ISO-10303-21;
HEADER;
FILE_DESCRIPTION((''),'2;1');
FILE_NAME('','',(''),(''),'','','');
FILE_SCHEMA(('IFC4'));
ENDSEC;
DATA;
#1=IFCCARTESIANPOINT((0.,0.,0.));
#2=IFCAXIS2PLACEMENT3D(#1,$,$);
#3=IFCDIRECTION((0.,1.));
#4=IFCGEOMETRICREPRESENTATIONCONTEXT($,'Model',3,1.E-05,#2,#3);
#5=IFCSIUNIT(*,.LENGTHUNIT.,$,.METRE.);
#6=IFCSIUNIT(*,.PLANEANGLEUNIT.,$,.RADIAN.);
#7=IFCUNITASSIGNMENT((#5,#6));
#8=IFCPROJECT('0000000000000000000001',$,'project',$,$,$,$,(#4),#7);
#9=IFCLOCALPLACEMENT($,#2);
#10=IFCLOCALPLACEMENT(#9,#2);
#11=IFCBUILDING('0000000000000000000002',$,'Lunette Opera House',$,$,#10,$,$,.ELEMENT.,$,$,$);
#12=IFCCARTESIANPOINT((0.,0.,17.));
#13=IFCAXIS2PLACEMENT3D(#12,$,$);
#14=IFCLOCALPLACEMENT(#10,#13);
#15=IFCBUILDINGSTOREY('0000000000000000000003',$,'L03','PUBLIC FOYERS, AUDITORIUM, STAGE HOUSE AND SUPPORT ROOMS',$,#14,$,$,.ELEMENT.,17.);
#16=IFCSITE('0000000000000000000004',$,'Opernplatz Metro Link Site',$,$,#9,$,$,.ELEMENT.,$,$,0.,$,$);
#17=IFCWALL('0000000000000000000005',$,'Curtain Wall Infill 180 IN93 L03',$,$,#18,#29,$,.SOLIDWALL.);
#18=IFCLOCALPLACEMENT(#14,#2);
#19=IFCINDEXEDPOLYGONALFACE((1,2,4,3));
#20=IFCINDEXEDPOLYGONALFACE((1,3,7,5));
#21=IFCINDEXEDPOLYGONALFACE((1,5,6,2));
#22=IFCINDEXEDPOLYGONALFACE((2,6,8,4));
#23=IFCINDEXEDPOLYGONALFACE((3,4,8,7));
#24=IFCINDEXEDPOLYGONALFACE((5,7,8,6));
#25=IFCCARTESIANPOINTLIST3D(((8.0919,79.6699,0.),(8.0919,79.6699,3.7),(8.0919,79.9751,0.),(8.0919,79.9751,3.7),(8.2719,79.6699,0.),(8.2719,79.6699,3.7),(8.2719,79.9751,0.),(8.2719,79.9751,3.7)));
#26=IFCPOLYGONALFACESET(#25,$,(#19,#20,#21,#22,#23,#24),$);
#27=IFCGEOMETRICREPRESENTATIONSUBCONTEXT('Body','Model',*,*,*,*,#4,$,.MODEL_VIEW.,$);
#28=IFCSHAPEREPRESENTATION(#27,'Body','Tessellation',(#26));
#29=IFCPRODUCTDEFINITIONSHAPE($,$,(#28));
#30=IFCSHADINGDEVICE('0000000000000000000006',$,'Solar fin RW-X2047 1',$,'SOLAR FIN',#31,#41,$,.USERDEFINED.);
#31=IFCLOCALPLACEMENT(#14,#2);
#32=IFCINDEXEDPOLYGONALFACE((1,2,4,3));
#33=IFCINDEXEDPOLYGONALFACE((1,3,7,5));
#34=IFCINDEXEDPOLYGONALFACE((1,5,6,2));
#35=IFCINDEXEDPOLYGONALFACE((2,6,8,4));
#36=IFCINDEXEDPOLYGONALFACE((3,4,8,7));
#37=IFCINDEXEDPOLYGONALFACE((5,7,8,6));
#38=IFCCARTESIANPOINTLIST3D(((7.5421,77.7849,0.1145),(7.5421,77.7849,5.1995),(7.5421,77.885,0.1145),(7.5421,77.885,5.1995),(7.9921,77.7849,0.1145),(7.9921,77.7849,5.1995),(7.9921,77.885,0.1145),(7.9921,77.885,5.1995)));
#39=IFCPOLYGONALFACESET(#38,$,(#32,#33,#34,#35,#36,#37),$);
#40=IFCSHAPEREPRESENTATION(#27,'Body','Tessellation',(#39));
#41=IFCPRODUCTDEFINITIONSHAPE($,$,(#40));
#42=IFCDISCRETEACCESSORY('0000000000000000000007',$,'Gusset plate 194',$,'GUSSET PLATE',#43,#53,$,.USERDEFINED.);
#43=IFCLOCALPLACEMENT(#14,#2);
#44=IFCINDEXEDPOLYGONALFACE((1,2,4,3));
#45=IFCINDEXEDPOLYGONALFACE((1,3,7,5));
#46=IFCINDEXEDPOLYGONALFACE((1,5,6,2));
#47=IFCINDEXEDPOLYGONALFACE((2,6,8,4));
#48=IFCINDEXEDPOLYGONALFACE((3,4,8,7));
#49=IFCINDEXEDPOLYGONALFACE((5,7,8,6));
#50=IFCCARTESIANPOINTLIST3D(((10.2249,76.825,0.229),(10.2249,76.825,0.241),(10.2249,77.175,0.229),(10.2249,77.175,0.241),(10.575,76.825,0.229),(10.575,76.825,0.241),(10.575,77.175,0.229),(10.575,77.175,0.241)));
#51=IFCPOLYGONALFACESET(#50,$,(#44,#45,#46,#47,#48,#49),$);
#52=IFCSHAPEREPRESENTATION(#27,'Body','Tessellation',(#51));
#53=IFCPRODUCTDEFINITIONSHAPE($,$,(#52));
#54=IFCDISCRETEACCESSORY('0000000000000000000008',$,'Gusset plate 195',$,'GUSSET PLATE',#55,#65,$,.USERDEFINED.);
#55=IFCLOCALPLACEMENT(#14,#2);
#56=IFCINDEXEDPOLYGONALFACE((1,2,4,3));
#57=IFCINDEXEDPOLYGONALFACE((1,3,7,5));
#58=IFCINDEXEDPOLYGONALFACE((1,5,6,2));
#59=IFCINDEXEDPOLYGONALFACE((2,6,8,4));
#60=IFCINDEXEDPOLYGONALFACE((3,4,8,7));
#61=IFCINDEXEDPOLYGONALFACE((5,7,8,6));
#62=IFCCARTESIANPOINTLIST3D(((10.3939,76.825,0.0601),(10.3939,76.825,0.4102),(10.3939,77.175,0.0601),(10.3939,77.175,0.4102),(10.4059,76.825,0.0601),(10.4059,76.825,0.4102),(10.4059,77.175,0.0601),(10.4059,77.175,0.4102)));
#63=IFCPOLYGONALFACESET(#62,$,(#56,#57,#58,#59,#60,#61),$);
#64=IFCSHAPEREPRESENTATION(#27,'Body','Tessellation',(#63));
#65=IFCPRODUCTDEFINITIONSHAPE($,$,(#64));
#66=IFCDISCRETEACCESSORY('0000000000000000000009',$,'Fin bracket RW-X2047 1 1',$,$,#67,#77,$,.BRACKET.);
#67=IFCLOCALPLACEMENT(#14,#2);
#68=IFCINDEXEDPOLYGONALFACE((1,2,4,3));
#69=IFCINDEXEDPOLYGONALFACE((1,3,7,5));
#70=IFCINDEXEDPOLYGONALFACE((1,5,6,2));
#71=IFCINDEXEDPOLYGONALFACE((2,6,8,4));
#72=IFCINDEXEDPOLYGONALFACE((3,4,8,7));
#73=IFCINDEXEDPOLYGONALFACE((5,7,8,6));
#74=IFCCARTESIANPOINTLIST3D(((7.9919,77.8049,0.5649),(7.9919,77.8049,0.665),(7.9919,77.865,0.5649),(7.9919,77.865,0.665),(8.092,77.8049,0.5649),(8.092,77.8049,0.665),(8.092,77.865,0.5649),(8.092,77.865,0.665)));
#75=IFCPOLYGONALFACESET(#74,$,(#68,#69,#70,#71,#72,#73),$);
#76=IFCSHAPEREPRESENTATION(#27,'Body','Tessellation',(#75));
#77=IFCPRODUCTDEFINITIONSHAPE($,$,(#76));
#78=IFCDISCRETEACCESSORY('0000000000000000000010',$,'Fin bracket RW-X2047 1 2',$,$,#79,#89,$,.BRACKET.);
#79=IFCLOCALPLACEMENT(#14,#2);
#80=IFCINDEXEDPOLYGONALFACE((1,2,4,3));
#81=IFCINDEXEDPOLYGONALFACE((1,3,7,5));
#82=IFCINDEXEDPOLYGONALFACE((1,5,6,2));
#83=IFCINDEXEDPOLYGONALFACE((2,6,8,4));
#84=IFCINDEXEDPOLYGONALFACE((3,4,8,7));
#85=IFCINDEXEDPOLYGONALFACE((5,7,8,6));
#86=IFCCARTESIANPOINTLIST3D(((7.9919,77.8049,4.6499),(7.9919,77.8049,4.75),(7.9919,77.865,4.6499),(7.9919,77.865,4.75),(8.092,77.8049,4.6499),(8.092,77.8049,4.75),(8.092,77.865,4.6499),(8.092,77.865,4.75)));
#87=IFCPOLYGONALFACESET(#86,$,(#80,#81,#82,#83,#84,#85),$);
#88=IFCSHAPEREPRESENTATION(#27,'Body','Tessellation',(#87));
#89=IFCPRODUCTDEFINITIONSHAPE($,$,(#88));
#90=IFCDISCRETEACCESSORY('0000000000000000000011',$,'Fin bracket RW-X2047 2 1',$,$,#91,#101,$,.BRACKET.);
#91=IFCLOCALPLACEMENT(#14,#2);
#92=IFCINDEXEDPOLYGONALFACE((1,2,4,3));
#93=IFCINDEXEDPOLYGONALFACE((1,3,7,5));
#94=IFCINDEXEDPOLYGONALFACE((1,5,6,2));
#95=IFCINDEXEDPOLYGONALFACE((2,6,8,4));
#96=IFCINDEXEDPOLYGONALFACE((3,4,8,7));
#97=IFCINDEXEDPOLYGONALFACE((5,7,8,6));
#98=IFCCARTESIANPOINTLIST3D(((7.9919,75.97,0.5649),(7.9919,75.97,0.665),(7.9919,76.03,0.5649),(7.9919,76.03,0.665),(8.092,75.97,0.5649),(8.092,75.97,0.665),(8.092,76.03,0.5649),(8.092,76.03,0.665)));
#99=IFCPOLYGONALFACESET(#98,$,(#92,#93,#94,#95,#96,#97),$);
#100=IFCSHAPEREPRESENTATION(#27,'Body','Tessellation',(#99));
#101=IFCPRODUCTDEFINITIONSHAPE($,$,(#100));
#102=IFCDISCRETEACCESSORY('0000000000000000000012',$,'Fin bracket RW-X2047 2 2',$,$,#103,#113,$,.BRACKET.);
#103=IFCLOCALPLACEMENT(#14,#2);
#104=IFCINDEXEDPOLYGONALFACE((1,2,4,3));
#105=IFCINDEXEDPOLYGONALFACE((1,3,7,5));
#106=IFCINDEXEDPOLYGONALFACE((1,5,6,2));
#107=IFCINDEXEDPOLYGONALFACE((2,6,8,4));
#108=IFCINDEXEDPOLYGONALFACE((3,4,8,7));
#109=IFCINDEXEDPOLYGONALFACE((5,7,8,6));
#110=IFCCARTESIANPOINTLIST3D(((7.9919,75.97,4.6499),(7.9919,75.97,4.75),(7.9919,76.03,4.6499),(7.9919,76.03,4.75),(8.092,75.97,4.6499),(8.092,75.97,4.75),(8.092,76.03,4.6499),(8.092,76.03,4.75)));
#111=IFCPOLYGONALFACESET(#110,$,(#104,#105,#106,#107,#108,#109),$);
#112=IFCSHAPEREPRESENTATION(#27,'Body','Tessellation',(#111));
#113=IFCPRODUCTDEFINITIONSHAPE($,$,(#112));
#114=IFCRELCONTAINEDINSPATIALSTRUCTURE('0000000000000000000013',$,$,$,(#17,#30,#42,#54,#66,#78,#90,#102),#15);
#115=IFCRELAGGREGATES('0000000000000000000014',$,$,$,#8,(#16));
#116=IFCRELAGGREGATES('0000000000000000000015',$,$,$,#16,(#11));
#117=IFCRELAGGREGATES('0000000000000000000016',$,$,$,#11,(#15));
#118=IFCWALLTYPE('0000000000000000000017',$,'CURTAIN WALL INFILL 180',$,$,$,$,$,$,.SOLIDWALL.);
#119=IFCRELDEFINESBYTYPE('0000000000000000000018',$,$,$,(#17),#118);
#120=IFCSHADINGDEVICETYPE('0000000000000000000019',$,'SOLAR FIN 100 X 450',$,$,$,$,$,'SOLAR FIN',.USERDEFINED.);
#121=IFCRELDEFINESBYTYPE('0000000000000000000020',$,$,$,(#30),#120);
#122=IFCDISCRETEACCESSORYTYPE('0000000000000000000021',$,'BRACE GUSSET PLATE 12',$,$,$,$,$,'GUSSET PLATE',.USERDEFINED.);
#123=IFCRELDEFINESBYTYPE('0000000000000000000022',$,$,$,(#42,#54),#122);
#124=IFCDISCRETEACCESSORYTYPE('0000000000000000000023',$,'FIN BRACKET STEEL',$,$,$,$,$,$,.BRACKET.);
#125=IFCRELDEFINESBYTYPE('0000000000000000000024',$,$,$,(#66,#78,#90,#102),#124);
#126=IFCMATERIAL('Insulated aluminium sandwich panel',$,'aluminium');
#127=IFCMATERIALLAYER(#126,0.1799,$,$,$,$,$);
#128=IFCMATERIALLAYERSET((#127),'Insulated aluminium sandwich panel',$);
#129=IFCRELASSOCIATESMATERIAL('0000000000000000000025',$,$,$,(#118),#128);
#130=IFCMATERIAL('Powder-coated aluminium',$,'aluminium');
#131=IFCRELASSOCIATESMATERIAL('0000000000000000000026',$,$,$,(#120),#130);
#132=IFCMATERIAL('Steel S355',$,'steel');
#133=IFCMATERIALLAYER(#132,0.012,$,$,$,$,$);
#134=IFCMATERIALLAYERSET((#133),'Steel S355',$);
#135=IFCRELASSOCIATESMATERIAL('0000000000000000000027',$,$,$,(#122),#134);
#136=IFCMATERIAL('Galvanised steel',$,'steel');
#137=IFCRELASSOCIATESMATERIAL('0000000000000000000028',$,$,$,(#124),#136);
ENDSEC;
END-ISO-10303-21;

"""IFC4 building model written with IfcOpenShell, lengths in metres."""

from ifc_helpers import new_model, si_unit, direction, frame, frame_2d, origin, origin_2d, place, context, subcontext, project, spatial, rectangle, extrude, material, layer, layer_set, type_object, element, save


model = new_model("IFC4")

# Units and contexts
model_context = context("Model", 3, precision=1e-05, world=origin(), true_north=direction((0.0, 1.0)))
body_context = subcontext(model_context, "Body", "Model", "MODEL_VIEW")
ifc_project = project(units=[si_unit("LENGTHUNIT", "METRE"), si_unit("PLANEANGLEUNIT", "RADIAN")], contexts=[model_context])

# Site, building, storey
site_placement = place(None, origin())
site = spatial("IfcSite", under=ifc_project, at=site_placement, Name="Opernplatz Metro Link Site", CompositionType="ELEMENT", RefElevation=0.0)
building_placement = place(site_placement, origin())
building = spatial("IfcBuilding", under=site, at=building_placement, Name="Lunette Opera House", CompositionType="ELEMENT")
storey_placement = place(building_placement, frame((0.0, 0.0, 17.0)))
storey = spatial("IfcBuildingStorey", under=building, at=storey_placement, Name="L03", Description="PUBLIC FOYERS, AUDITORIUM, STAGE HOUSE AND SUPPORT ROOMS", CompositionType="ELEMENT", Elevation=17.0)

# Wall
ifc_material_1 = material(Name="Insulated aluminium sandwich panel", Category="aluminium")
ifc_layer_1 = layer(ifc_material_1, 0.1799)
ifc_layer_set_1 = layer_set([ifc_layer_1], Name="Insulated aluminium sandwich panel")
wall_type = type_object("IfcWallType", Name="CURTAIN WALL INFILL 180", PredefinedType="SOLIDWALL", material=ifc_layer_set_1)
wall_placement = place(storey_placement, frame((8.1819, 79.6699, 0.0), z_axis=(0.0, 0.0, 1.0), x_axis=(0.0, 1.0, 0.0)))
element("IfcWall", 1, at=wall_placement, inside=storey, type_object=wall_type, Name="Curtain Wall Infill 180 IN93 L03", PredefinedType="SOLIDWALL", context=body_context, shape_type="SweptSolid", body=[
    extrude(rectangle(XDim=0.3052, YDim=0.1799, at=frame_2d((0.1526, 0.0))), origin(), (0.0, 0.0, 1.0), 3.7),
])

# Shading device
ifc_material_2 = material(Name="Powder-coated aluminium", Category="aluminium")
shading_device_type = type_object("IfcShadingDeviceType", Name="SOLAR FIN 100 X 450", ElementType="SOLAR FIN", PredefinedType="USERDEFINED", material=ifc_material_2)
shading_device_placement = place(storey_placement, frame((7.7671, 77.835, 0.1145), z_axis=(0.0, 0.0, 1.0), x_axis=(-1.0, 0.0, 0.0)))
element("IfcShadingDevice", 2, at=shading_device_placement, inside=storey, type_object=shading_device_type, Name="Solar fin RW-X2047 1", ObjectType="SOLAR FIN", PredefinedType="USERDEFINED", context=body_context, shape_type="SweptSolid", body=[
    extrude(rectangle(XDim=0.45, YDim=0.1001, at=origin_2d()), origin(), (0.0, 0.0, 1.0), 5.085),
])

# Discrete accessories
ifc_material_3 = material(Name="Steel S355", Category="steel")
ifc_layer_2 = layer(ifc_material_3, 0.012)
ifc_layer_set_2 = layer_set([ifc_layer_2], Name="Steel S355")
discrete_accessory_type_1 = type_object("IfcDiscreteAccessoryType", Name="BRACE GUSSET PLATE 12", ElementType="GUSSET PLATE", PredefinedType="USERDEFINED", material=ifc_layer_set_2)
discrete_accessory_1_placement = place(storey_placement, frame((10.3999, 77.0, 0.229), z_axis=(0.0, 0.0, 1.0), x_axis=(0.0, 1.0, 0.0)))
element("IfcDiscreteAccessory", 3, at=discrete_accessory_1_placement, inside=storey, type_object=discrete_accessory_type_1, Name="Gusset plate 194", ObjectType="GUSSET PLATE", PredefinedType="USERDEFINED", context=body_context, shape_type="SweptSolid", body=[
    extrude(rectangle(XDim=0.3501, YDim=0.3501, at=origin_2d()), origin(), (0.0, 0.0, 1.0), 0.012),
])
discrete_accessory_2_placement = place(storey_placement, frame((10.3999, 77.0, 0.0601), z_axis=(0.0, 0.0, 1.0), x_axis=(0.0, 1.0, 0.0)))
element("IfcDiscreteAccessory", 4, at=discrete_accessory_2_placement, inside=storey, type_object=discrete_accessory_type_1, Name="Gusset plate 195", ObjectType="GUSSET PLATE", PredefinedType="USERDEFINED", context=body_context, shape_type="SweptSolid", body=[
    extrude(rectangle(XDim=0.3501, YDim=0.012, at=origin_2d()), origin(), (0.0, 0.0, 1.0), 0.3501),
])
ifc_material_4 = material(Name="Galvanised steel", Category="steel")
discrete_accessory_type_2 = type_object("IfcDiscreteAccessoryType", Name="FIN BRACKET STEEL", PredefinedType="BRACKET", material=ifc_material_4)
for number, where, z_axis, x_axis, name in (
    (5, (8.042, 77.835, 0.5649), (0.0, 0.0, 1.0), (-1.0, 0.0, 0.0), "Fin bracket RW-X2047 1 1"),
    (6, (8.042, 77.835, 4.6499), (0.0, 0.0, 1.0), (-1.0, 0.0, 0.0), "Fin bracket RW-X2047 1 2"),
    (7, (8.042, 76.0, 0.5649), (0.0, 0.0, 1.0), (-1.0, 0.0, 0.0), "Fin bracket RW-X2047 2 1"),
    (8, (8.042, 76.0, 4.6499), (0.0, 0.0, 1.0), (-1.0, 0.0, 0.0), "Fin bracket RW-X2047 2 2"),
):
    element("IfcDiscreteAccessory", number, at=place(storey_placement, frame(where, z_axis=z_axis, x_axis=x_axis)), inside=storey, type_object=discrete_accessory_type_2, Name=name, PredefinedType="BRACKET", context=body_context, shape_type="SweptSolid", body=[
        extrude(rectangle(XDim=0.1001, YDim=0.0601, at=origin_2d()), origin(), (0.0, 0.0, 1.0), 0.1001),
    ])

save(model, "model.ifc")
